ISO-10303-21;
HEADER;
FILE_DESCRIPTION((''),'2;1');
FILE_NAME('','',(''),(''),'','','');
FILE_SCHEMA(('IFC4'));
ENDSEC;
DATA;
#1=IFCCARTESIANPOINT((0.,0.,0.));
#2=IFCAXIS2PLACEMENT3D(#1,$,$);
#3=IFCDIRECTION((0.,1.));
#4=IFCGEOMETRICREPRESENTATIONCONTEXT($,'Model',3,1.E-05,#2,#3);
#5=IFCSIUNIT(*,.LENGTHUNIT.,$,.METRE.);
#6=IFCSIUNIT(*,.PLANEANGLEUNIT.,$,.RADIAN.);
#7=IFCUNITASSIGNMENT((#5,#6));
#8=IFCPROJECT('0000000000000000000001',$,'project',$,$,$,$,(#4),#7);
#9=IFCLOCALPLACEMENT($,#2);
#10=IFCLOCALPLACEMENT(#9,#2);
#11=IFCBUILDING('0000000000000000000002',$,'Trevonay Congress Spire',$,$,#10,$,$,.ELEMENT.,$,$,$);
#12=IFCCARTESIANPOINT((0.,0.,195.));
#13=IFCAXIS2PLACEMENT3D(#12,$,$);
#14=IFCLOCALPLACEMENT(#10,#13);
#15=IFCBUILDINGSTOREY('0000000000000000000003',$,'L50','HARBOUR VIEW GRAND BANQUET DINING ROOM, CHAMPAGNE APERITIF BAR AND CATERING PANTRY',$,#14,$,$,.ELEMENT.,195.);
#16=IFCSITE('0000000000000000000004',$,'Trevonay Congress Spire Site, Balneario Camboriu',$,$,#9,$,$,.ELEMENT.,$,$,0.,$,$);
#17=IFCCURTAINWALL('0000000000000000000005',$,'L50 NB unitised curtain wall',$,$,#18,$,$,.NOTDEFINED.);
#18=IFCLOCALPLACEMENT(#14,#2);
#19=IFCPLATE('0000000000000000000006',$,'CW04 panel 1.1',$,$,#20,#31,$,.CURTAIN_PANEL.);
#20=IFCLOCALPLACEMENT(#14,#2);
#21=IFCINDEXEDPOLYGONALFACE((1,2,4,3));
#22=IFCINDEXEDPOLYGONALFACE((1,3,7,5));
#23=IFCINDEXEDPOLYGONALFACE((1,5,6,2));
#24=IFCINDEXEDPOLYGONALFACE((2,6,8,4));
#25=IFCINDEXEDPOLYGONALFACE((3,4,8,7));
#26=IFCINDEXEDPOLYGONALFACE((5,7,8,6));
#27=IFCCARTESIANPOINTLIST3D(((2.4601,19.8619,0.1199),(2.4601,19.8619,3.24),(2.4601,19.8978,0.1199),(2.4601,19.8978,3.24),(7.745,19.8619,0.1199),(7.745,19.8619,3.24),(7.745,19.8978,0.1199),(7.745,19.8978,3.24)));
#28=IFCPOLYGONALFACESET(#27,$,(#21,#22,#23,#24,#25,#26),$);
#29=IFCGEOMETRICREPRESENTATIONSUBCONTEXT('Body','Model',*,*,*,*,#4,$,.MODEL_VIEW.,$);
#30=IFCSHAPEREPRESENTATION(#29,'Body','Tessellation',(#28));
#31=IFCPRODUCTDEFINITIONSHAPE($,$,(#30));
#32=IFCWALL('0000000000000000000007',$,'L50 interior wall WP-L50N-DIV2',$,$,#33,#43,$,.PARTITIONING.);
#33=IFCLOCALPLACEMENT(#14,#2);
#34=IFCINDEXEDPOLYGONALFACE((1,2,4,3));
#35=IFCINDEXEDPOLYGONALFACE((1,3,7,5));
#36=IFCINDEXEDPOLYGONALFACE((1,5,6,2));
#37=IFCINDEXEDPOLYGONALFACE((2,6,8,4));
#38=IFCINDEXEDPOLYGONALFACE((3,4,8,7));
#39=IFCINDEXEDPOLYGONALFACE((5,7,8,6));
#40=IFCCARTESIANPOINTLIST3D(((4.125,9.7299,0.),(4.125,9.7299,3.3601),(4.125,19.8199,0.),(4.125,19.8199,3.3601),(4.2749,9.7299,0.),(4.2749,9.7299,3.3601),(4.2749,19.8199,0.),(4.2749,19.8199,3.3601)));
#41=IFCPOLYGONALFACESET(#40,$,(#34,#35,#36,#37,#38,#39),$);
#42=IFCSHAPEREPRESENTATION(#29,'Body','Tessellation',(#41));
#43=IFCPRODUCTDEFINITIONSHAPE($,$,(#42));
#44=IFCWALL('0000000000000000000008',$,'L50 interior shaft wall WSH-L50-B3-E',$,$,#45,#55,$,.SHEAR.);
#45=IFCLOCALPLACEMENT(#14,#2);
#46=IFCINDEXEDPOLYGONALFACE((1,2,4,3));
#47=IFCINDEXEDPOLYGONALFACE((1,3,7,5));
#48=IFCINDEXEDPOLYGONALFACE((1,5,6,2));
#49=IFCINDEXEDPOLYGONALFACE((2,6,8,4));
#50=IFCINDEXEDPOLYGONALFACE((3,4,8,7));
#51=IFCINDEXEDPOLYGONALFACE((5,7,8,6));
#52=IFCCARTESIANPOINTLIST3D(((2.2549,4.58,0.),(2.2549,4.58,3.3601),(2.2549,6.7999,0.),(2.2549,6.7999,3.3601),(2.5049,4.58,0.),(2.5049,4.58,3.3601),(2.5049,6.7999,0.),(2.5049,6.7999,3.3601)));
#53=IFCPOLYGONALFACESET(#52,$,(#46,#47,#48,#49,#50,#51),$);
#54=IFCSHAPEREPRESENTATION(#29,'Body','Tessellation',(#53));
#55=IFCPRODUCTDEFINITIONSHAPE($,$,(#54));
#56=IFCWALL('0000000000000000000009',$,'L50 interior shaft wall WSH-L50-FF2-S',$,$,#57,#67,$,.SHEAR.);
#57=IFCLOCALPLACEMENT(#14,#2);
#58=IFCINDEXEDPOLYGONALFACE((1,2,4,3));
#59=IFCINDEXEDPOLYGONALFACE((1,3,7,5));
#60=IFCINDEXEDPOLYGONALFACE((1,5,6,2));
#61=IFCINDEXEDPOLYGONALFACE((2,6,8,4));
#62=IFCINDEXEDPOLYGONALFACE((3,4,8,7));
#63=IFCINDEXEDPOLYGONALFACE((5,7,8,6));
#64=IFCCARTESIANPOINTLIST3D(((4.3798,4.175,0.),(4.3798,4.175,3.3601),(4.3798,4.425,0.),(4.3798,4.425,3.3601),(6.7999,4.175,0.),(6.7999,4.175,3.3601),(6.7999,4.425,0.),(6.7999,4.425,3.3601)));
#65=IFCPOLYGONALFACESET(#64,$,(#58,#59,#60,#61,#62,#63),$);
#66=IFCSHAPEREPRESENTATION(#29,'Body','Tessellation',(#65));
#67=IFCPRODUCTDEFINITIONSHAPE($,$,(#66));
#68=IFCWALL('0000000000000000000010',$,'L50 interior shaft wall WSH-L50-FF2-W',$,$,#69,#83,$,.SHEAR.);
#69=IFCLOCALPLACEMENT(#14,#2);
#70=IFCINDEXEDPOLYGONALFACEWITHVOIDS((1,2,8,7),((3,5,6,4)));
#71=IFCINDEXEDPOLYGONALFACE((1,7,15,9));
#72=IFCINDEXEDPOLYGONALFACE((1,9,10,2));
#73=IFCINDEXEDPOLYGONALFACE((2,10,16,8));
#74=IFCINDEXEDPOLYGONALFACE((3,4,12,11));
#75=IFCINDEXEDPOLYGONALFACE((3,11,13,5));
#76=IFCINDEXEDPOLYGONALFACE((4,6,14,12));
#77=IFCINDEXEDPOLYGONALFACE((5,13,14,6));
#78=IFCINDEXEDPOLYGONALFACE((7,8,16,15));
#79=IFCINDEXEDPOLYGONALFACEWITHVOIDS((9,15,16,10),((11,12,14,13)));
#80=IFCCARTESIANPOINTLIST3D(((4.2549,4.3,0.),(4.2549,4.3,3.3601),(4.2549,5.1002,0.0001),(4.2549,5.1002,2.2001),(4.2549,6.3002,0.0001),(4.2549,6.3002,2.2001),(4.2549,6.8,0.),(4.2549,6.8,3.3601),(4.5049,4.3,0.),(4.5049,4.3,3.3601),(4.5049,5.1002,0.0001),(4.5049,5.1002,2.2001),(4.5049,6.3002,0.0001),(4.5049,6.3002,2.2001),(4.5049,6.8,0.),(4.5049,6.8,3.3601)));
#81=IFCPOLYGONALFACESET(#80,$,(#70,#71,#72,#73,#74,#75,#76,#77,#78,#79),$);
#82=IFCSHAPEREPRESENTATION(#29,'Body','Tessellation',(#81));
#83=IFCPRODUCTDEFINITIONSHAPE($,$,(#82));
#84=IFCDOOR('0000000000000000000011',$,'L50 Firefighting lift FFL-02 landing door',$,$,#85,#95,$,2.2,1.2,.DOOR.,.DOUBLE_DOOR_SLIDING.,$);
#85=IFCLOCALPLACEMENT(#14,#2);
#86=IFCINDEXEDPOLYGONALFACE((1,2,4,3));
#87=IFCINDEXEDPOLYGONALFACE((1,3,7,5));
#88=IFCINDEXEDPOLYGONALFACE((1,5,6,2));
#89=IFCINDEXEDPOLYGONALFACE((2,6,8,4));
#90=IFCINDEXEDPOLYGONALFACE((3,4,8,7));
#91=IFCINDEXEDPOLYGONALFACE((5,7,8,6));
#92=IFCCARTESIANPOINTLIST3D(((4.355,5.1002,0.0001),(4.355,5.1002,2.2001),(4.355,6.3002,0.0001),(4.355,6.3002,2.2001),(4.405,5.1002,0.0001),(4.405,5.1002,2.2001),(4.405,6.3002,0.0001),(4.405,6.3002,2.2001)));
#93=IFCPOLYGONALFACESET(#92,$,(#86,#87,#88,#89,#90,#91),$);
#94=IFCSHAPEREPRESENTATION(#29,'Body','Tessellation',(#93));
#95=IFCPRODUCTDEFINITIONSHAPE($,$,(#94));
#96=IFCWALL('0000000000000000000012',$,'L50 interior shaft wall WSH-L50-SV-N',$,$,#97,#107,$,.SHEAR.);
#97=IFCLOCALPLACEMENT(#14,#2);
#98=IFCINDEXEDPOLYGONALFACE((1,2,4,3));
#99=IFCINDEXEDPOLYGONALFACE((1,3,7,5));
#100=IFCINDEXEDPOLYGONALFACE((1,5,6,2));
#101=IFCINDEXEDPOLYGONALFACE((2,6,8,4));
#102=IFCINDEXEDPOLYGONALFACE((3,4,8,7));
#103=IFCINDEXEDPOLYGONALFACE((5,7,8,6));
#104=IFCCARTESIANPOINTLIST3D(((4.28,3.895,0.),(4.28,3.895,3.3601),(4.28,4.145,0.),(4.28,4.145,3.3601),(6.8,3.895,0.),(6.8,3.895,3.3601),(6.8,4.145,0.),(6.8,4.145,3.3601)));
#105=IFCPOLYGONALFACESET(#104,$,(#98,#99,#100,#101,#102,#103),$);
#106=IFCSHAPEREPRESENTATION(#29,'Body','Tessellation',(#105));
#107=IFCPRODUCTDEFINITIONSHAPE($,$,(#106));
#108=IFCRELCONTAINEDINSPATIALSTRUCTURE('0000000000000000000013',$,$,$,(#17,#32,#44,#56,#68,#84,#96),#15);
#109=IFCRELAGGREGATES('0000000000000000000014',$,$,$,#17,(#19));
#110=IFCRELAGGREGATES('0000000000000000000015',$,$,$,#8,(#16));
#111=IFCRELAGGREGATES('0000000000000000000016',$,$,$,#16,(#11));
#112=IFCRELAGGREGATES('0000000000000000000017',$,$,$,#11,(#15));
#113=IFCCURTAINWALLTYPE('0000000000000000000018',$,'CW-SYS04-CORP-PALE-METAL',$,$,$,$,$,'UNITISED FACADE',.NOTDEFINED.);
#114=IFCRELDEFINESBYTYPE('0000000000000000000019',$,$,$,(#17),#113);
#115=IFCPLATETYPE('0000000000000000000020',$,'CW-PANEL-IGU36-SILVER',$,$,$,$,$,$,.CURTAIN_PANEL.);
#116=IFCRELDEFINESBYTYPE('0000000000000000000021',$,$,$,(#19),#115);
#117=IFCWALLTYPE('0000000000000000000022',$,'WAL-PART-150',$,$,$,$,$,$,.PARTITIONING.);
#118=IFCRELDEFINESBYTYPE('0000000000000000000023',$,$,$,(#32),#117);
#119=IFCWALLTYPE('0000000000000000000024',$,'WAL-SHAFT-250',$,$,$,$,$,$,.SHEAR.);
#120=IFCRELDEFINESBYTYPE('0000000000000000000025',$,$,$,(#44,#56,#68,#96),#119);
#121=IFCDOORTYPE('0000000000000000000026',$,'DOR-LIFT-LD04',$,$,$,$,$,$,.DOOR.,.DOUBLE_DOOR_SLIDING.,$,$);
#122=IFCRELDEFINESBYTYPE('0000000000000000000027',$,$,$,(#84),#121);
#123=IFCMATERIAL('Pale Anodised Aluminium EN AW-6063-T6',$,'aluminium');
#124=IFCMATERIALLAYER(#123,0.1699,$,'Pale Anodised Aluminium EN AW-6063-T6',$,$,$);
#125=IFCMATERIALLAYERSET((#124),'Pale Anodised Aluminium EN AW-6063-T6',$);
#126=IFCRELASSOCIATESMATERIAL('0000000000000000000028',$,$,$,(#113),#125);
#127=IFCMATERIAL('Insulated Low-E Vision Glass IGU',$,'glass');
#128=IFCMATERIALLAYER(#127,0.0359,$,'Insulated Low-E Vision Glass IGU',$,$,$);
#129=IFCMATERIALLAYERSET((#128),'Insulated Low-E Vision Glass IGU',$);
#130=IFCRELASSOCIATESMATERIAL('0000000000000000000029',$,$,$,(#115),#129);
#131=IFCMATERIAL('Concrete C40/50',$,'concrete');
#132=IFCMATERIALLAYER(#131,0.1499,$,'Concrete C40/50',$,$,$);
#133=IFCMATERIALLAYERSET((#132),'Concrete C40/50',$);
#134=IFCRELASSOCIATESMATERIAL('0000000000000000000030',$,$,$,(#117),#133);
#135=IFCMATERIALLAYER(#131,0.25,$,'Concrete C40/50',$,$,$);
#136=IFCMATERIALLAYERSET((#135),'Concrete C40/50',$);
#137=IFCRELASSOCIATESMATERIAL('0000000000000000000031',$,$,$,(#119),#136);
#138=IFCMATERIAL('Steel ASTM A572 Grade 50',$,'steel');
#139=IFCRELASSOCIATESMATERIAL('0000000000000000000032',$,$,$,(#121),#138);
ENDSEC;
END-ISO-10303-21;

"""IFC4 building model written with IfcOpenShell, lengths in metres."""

from ifc_helpers import new_model, si_unit, direction, frame, frame_2d, origin, origin_2d, place, context, subcontext, project, spatial, rectangle, extrude, material, layer, layer_set, type_object, element, fill, aggregate, save


model = new_model("IFC4")

# Units and contexts
model_context = context("Model", 3, precision=1e-05, world=origin(), true_north=direction((0.0, 1.0)))
body_context = subcontext(model_context, "Body", "Model", "MODEL_VIEW")
ifc_project = project(units=[si_unit("LENGTHUNIT", "METRE"), si_unit("PLANEANGLEUNIT", "RADIAN")], contexts=[model_context])

# Site, building, storey
site_placement = place(None, origin())
site = spatial("IfcSite", under=ifc_project, at=site_placement, Name="Trevonay Congress Spire Site, Balneario Camboriu", CompositionType="ELEMENT", RefElevation=0.0)
building_placement = place(site_placement, origin())
building = spatial("IfcBuilding", under=site, at=building_placement, Name="Trevonay Congress Spire", CompositionType="ELEMENT")
storey_placement = place(building_placement, frame((0.0, 0.0, 195.0)))
storey = spatial("IfcBuildingStorey", under=building, at=storey_placement, Name="L50", Description="HARBOUR VIEW GRAND BANQUET DINING ROOM, CHAMPAGNE APERITIF BAR AND CATERING PANTRY", CompositionType="ELEMENT", Elevation=195.0)

# Shared definitions
ifc_material_1 = material(Name="Steel ASTM A572 Grade 50", Category="steel")

# Curtain wall, plate
ifc_material_2 = material(Name="Pale Anodised Aluminium EN AW-6063-T6", Category="aluminium")
ifc_layer_1 = layer(ifc_material_2, 0.1699, Name="Pale Anodised Aluminium EN AW-6063-T6")
ifc_layer_set_1 = layer_set([ifc_layer_1], Name="Pale Anodised Aluminium EN AW-6063-T6")
curtain_wall_type = type_object("IfcCurtainWallType", Name="CW-SYS04-CORP-PALE-METAL", ElementType="UNITISED FACADE", PredefinedType="NOTDEFINED", material=ifc_layer_set_1)
curtain_wall_placement = place(storey_placement, origin())
curtain_wall = element("IfcCurtainWall", 1, at=curtain_wall_placement, inside=storey, type_object=curtain_wall_type, Name="L50 NB unitised curtain wall", PredefinedType="NOTDEFINED")
ifc_material_3 = material(Name="Insulated Low-E Vision Glass IGU", Category="glass")
ifc_layer_2 = layer(ifc_material_3, 0.0359, Name="Insulated Low-E Vision Glass IGU")
ifc_layer_set_2 = layer_set([ifc_layer_2], Name="Insulated Low-E Vision Glass IGU")
plate_type = type_object("IfcPlateType", Name="CW-PANEL-IGU36-SILVER", PredefinedType="CURTAIN_PANEL", material=ifc_layer_set_2)
plate_placement = place(storey_placement, frame((5.1025, 19.8799, 0.1199), z_axis=(0.0, 0.0, 1.0), x_axis=(1.0, 0.0, 0.0)))
plate = element("IfcPlate", 2, at=plate_placement, type_object=plate_type, Name="CW04 panel 1.1", PredefinedType="CURTAIN_PANEL", context=body_context, shape_type="SweptSolid", body=[
    extrude(rectangle(XDim=5.2849, YDim=0.0359, at=origin_2d()), origin(), (0.0, 0.0, 1.0), 3.1201),
])
aggregate(curtain_wall, [plate])

# Walls
ifc_material_4 = material(Name="Concrete C40/50", Category="concrete")
ifc_layer_3 = layer(ifc_material_4, 0.1499, Name="Concrete C40/50")
ifc_layer_set_3 = layer_set([ifc_layer_3], Name="Concrete C40/50")
wall_type_1 = type_object("IfcWallType", Name="WAL-PART-150", PredefinedType="PARTITIONING", material=ifc_layer_set_3)
wall_1_placement = place(storey_placement, frame((4.2, 9.73, 0.0), z_axis=(0.0, 0.0, 1.0), x_axis=(0.0, 1.0, 0.0)))
element("IfcWall", 3, at=wall_1_placement, inside=storey, type_object=wall_type_1, Name="L50 interior wall WP-L50N-DIV2", PredefinedType="PARTITIONING", context=body_context, shape_type="SweptSolid", body=[
    extrude(rectangle(XDim=10.0901, YDim=0.1499, at=frame_2d((5.0449, 0.0))), origin(), (0.0, 0.0, 1.0), 3.3601),
])
ifc_layer_4 = layer(ifc_material_4, 0.25, Name="Concrete C40/50")
ifc_layer_set_4 = layer_set([ifc_layer_4], Name="Concrete C40/50")
wall_type_2 = type_object("IfcWallType", Name="WAL-SHAFT-250", PredefinedType="SHEAR", material=ifc_layer_set_4)
wall_2_placement = place(storey_placement, frame((2.3799, 4.5801, 0.0), z_axis=(0.0, 0.0, 1.0), x_axis=(0.0, 1.0, 0.0)))
element("IfcWall", 4, at=wall_2_placement, inside=storey, type_object=wall_type_2, Name="L50 interior shaft wall WSH-L50-B3-E", PredefinedType="SHEAR", context=body_context, shape_type="SweptSolid", body=[
    extrude(rectangle(XDim=2.22, YDim=0.25, at=frame_2d((1.1099, 0.0))), origin(), (0.0, 0.0, 1.0), 3.3601),
])
wall_3_placement = place(storey_placement, frame((4.3799, 4.3, 0.0), z_axis=(0.0, 0.0, 1.0), x_axis=(1.0, 0.0, 0.0)))
element("IfcWall", 5, at=wall_3_placement, inside=storey, type_object=wall_type_2, Name="L50 interior shaft wall WSH-L50-FF2-S", PredefinedType="SHEAR", context=body_context, shape_type="SweptSolid", body=[
    extrude(rectangle(XDim=2.4202, YDim=0.25, at=frame_2d((1.21, 0.0))), origin(), (0.0, 0.0, 1.0), 3.3601),
])

# Wall, opening, door
wall_4_placement = place(storey_placement, frame((4.3799, 4.3, 0.0), z_axis=(0.0, 0.0, 1.0), x_axis=(0.0, 1.0, 0.0)))
wall_4 = element("IfcWall", 6, at=wall_4_placement, inside=storey, type_object=wall_type_2, Name="L50 interior shaft wall WSH-L50-FF2-W", PredefinedType="SHEAR", context=body_context, shape_type="SweptSolid", body=[
    extrude(rectangle(XDim=2.5, YDim=0.25, at=frame_2d((1.25, 0.0))), origin(), (0.0, 0.0, 1.0), 3.3601),
])
opening_placement = place(wall_4_placement, frame((0.8, 0.0, 0.0)))
opening = element("IfcOpeningElement", 7, at=opening_placement, cuts=wall_4, PredefinedType="OPENING", context=body_context, shape_type="SweptSolid", body=[
    extrude(rectangle(XDim=1.2, YDim=2.2, at=frame_2d((0.6001, 1.1001))), frame((0.0, 0.135, 0.0), z_axis=(0.0, -1.0, 0.0), x_axis=(1.0, 0.0, 0.0)), (0.0, 0.0, 1.0), 0.27),
])
door_type = type_object("IfcDoorType", Name="DOR-LIFT-LD04", OperationType="DOUBLE_DOOR_SLIDING", PredefinedType="DOOR", material=ifc_material_1)
door_placement = place(opening_placement, origin())
door = element("IfcDoor", 8, at=door_placement, inside=storey, type_object=door_type, Name="L50 Firefighting lift FFL-02 landing door", OperationType="DOUBLE_DOOR_SLIDING", OverallHeight=2.2, OverallWidth=1.2, PredefinedType="DOOR", context=body_context, shape_type="SweptSolid", body=[
    extrude(rectangle(XDim=1.2, YDim=2.2, at=frame_2d((0.6001, 1.1001))), frame((0.0, 0.0249, 0.0), z_axis=(0.0, -1.0, 0.0), x_axis=(1.0, 0.0, 0.0)), (0.0, 0.0, 1.0), 0.05),
])
fill(opening, door)

# Wall
wall_5_placement = place(storey_placement, frame((4.28, 4.02, 0.0), z_axis=(0.0, 0.0, 1.0), x_axis=(1.0, 0.0, 0.0)))
element("IfcWall", 9, at=wall_5_placement, inside=storey, type_object=wall_type_2, Name="L50 interior shaft wall WSH-L50-SV-N", PredefinedType="SHEAR", context=body_context, shape_type="SweptSolid", body=[
    extrude(rectangle(XDim=2.52, YDim=0.25, at=frame_2d((1.26, 0.0))), origin(), (0.0, 0.0, 1.0), 3.3601),
])

save(model, "model.ifc")
